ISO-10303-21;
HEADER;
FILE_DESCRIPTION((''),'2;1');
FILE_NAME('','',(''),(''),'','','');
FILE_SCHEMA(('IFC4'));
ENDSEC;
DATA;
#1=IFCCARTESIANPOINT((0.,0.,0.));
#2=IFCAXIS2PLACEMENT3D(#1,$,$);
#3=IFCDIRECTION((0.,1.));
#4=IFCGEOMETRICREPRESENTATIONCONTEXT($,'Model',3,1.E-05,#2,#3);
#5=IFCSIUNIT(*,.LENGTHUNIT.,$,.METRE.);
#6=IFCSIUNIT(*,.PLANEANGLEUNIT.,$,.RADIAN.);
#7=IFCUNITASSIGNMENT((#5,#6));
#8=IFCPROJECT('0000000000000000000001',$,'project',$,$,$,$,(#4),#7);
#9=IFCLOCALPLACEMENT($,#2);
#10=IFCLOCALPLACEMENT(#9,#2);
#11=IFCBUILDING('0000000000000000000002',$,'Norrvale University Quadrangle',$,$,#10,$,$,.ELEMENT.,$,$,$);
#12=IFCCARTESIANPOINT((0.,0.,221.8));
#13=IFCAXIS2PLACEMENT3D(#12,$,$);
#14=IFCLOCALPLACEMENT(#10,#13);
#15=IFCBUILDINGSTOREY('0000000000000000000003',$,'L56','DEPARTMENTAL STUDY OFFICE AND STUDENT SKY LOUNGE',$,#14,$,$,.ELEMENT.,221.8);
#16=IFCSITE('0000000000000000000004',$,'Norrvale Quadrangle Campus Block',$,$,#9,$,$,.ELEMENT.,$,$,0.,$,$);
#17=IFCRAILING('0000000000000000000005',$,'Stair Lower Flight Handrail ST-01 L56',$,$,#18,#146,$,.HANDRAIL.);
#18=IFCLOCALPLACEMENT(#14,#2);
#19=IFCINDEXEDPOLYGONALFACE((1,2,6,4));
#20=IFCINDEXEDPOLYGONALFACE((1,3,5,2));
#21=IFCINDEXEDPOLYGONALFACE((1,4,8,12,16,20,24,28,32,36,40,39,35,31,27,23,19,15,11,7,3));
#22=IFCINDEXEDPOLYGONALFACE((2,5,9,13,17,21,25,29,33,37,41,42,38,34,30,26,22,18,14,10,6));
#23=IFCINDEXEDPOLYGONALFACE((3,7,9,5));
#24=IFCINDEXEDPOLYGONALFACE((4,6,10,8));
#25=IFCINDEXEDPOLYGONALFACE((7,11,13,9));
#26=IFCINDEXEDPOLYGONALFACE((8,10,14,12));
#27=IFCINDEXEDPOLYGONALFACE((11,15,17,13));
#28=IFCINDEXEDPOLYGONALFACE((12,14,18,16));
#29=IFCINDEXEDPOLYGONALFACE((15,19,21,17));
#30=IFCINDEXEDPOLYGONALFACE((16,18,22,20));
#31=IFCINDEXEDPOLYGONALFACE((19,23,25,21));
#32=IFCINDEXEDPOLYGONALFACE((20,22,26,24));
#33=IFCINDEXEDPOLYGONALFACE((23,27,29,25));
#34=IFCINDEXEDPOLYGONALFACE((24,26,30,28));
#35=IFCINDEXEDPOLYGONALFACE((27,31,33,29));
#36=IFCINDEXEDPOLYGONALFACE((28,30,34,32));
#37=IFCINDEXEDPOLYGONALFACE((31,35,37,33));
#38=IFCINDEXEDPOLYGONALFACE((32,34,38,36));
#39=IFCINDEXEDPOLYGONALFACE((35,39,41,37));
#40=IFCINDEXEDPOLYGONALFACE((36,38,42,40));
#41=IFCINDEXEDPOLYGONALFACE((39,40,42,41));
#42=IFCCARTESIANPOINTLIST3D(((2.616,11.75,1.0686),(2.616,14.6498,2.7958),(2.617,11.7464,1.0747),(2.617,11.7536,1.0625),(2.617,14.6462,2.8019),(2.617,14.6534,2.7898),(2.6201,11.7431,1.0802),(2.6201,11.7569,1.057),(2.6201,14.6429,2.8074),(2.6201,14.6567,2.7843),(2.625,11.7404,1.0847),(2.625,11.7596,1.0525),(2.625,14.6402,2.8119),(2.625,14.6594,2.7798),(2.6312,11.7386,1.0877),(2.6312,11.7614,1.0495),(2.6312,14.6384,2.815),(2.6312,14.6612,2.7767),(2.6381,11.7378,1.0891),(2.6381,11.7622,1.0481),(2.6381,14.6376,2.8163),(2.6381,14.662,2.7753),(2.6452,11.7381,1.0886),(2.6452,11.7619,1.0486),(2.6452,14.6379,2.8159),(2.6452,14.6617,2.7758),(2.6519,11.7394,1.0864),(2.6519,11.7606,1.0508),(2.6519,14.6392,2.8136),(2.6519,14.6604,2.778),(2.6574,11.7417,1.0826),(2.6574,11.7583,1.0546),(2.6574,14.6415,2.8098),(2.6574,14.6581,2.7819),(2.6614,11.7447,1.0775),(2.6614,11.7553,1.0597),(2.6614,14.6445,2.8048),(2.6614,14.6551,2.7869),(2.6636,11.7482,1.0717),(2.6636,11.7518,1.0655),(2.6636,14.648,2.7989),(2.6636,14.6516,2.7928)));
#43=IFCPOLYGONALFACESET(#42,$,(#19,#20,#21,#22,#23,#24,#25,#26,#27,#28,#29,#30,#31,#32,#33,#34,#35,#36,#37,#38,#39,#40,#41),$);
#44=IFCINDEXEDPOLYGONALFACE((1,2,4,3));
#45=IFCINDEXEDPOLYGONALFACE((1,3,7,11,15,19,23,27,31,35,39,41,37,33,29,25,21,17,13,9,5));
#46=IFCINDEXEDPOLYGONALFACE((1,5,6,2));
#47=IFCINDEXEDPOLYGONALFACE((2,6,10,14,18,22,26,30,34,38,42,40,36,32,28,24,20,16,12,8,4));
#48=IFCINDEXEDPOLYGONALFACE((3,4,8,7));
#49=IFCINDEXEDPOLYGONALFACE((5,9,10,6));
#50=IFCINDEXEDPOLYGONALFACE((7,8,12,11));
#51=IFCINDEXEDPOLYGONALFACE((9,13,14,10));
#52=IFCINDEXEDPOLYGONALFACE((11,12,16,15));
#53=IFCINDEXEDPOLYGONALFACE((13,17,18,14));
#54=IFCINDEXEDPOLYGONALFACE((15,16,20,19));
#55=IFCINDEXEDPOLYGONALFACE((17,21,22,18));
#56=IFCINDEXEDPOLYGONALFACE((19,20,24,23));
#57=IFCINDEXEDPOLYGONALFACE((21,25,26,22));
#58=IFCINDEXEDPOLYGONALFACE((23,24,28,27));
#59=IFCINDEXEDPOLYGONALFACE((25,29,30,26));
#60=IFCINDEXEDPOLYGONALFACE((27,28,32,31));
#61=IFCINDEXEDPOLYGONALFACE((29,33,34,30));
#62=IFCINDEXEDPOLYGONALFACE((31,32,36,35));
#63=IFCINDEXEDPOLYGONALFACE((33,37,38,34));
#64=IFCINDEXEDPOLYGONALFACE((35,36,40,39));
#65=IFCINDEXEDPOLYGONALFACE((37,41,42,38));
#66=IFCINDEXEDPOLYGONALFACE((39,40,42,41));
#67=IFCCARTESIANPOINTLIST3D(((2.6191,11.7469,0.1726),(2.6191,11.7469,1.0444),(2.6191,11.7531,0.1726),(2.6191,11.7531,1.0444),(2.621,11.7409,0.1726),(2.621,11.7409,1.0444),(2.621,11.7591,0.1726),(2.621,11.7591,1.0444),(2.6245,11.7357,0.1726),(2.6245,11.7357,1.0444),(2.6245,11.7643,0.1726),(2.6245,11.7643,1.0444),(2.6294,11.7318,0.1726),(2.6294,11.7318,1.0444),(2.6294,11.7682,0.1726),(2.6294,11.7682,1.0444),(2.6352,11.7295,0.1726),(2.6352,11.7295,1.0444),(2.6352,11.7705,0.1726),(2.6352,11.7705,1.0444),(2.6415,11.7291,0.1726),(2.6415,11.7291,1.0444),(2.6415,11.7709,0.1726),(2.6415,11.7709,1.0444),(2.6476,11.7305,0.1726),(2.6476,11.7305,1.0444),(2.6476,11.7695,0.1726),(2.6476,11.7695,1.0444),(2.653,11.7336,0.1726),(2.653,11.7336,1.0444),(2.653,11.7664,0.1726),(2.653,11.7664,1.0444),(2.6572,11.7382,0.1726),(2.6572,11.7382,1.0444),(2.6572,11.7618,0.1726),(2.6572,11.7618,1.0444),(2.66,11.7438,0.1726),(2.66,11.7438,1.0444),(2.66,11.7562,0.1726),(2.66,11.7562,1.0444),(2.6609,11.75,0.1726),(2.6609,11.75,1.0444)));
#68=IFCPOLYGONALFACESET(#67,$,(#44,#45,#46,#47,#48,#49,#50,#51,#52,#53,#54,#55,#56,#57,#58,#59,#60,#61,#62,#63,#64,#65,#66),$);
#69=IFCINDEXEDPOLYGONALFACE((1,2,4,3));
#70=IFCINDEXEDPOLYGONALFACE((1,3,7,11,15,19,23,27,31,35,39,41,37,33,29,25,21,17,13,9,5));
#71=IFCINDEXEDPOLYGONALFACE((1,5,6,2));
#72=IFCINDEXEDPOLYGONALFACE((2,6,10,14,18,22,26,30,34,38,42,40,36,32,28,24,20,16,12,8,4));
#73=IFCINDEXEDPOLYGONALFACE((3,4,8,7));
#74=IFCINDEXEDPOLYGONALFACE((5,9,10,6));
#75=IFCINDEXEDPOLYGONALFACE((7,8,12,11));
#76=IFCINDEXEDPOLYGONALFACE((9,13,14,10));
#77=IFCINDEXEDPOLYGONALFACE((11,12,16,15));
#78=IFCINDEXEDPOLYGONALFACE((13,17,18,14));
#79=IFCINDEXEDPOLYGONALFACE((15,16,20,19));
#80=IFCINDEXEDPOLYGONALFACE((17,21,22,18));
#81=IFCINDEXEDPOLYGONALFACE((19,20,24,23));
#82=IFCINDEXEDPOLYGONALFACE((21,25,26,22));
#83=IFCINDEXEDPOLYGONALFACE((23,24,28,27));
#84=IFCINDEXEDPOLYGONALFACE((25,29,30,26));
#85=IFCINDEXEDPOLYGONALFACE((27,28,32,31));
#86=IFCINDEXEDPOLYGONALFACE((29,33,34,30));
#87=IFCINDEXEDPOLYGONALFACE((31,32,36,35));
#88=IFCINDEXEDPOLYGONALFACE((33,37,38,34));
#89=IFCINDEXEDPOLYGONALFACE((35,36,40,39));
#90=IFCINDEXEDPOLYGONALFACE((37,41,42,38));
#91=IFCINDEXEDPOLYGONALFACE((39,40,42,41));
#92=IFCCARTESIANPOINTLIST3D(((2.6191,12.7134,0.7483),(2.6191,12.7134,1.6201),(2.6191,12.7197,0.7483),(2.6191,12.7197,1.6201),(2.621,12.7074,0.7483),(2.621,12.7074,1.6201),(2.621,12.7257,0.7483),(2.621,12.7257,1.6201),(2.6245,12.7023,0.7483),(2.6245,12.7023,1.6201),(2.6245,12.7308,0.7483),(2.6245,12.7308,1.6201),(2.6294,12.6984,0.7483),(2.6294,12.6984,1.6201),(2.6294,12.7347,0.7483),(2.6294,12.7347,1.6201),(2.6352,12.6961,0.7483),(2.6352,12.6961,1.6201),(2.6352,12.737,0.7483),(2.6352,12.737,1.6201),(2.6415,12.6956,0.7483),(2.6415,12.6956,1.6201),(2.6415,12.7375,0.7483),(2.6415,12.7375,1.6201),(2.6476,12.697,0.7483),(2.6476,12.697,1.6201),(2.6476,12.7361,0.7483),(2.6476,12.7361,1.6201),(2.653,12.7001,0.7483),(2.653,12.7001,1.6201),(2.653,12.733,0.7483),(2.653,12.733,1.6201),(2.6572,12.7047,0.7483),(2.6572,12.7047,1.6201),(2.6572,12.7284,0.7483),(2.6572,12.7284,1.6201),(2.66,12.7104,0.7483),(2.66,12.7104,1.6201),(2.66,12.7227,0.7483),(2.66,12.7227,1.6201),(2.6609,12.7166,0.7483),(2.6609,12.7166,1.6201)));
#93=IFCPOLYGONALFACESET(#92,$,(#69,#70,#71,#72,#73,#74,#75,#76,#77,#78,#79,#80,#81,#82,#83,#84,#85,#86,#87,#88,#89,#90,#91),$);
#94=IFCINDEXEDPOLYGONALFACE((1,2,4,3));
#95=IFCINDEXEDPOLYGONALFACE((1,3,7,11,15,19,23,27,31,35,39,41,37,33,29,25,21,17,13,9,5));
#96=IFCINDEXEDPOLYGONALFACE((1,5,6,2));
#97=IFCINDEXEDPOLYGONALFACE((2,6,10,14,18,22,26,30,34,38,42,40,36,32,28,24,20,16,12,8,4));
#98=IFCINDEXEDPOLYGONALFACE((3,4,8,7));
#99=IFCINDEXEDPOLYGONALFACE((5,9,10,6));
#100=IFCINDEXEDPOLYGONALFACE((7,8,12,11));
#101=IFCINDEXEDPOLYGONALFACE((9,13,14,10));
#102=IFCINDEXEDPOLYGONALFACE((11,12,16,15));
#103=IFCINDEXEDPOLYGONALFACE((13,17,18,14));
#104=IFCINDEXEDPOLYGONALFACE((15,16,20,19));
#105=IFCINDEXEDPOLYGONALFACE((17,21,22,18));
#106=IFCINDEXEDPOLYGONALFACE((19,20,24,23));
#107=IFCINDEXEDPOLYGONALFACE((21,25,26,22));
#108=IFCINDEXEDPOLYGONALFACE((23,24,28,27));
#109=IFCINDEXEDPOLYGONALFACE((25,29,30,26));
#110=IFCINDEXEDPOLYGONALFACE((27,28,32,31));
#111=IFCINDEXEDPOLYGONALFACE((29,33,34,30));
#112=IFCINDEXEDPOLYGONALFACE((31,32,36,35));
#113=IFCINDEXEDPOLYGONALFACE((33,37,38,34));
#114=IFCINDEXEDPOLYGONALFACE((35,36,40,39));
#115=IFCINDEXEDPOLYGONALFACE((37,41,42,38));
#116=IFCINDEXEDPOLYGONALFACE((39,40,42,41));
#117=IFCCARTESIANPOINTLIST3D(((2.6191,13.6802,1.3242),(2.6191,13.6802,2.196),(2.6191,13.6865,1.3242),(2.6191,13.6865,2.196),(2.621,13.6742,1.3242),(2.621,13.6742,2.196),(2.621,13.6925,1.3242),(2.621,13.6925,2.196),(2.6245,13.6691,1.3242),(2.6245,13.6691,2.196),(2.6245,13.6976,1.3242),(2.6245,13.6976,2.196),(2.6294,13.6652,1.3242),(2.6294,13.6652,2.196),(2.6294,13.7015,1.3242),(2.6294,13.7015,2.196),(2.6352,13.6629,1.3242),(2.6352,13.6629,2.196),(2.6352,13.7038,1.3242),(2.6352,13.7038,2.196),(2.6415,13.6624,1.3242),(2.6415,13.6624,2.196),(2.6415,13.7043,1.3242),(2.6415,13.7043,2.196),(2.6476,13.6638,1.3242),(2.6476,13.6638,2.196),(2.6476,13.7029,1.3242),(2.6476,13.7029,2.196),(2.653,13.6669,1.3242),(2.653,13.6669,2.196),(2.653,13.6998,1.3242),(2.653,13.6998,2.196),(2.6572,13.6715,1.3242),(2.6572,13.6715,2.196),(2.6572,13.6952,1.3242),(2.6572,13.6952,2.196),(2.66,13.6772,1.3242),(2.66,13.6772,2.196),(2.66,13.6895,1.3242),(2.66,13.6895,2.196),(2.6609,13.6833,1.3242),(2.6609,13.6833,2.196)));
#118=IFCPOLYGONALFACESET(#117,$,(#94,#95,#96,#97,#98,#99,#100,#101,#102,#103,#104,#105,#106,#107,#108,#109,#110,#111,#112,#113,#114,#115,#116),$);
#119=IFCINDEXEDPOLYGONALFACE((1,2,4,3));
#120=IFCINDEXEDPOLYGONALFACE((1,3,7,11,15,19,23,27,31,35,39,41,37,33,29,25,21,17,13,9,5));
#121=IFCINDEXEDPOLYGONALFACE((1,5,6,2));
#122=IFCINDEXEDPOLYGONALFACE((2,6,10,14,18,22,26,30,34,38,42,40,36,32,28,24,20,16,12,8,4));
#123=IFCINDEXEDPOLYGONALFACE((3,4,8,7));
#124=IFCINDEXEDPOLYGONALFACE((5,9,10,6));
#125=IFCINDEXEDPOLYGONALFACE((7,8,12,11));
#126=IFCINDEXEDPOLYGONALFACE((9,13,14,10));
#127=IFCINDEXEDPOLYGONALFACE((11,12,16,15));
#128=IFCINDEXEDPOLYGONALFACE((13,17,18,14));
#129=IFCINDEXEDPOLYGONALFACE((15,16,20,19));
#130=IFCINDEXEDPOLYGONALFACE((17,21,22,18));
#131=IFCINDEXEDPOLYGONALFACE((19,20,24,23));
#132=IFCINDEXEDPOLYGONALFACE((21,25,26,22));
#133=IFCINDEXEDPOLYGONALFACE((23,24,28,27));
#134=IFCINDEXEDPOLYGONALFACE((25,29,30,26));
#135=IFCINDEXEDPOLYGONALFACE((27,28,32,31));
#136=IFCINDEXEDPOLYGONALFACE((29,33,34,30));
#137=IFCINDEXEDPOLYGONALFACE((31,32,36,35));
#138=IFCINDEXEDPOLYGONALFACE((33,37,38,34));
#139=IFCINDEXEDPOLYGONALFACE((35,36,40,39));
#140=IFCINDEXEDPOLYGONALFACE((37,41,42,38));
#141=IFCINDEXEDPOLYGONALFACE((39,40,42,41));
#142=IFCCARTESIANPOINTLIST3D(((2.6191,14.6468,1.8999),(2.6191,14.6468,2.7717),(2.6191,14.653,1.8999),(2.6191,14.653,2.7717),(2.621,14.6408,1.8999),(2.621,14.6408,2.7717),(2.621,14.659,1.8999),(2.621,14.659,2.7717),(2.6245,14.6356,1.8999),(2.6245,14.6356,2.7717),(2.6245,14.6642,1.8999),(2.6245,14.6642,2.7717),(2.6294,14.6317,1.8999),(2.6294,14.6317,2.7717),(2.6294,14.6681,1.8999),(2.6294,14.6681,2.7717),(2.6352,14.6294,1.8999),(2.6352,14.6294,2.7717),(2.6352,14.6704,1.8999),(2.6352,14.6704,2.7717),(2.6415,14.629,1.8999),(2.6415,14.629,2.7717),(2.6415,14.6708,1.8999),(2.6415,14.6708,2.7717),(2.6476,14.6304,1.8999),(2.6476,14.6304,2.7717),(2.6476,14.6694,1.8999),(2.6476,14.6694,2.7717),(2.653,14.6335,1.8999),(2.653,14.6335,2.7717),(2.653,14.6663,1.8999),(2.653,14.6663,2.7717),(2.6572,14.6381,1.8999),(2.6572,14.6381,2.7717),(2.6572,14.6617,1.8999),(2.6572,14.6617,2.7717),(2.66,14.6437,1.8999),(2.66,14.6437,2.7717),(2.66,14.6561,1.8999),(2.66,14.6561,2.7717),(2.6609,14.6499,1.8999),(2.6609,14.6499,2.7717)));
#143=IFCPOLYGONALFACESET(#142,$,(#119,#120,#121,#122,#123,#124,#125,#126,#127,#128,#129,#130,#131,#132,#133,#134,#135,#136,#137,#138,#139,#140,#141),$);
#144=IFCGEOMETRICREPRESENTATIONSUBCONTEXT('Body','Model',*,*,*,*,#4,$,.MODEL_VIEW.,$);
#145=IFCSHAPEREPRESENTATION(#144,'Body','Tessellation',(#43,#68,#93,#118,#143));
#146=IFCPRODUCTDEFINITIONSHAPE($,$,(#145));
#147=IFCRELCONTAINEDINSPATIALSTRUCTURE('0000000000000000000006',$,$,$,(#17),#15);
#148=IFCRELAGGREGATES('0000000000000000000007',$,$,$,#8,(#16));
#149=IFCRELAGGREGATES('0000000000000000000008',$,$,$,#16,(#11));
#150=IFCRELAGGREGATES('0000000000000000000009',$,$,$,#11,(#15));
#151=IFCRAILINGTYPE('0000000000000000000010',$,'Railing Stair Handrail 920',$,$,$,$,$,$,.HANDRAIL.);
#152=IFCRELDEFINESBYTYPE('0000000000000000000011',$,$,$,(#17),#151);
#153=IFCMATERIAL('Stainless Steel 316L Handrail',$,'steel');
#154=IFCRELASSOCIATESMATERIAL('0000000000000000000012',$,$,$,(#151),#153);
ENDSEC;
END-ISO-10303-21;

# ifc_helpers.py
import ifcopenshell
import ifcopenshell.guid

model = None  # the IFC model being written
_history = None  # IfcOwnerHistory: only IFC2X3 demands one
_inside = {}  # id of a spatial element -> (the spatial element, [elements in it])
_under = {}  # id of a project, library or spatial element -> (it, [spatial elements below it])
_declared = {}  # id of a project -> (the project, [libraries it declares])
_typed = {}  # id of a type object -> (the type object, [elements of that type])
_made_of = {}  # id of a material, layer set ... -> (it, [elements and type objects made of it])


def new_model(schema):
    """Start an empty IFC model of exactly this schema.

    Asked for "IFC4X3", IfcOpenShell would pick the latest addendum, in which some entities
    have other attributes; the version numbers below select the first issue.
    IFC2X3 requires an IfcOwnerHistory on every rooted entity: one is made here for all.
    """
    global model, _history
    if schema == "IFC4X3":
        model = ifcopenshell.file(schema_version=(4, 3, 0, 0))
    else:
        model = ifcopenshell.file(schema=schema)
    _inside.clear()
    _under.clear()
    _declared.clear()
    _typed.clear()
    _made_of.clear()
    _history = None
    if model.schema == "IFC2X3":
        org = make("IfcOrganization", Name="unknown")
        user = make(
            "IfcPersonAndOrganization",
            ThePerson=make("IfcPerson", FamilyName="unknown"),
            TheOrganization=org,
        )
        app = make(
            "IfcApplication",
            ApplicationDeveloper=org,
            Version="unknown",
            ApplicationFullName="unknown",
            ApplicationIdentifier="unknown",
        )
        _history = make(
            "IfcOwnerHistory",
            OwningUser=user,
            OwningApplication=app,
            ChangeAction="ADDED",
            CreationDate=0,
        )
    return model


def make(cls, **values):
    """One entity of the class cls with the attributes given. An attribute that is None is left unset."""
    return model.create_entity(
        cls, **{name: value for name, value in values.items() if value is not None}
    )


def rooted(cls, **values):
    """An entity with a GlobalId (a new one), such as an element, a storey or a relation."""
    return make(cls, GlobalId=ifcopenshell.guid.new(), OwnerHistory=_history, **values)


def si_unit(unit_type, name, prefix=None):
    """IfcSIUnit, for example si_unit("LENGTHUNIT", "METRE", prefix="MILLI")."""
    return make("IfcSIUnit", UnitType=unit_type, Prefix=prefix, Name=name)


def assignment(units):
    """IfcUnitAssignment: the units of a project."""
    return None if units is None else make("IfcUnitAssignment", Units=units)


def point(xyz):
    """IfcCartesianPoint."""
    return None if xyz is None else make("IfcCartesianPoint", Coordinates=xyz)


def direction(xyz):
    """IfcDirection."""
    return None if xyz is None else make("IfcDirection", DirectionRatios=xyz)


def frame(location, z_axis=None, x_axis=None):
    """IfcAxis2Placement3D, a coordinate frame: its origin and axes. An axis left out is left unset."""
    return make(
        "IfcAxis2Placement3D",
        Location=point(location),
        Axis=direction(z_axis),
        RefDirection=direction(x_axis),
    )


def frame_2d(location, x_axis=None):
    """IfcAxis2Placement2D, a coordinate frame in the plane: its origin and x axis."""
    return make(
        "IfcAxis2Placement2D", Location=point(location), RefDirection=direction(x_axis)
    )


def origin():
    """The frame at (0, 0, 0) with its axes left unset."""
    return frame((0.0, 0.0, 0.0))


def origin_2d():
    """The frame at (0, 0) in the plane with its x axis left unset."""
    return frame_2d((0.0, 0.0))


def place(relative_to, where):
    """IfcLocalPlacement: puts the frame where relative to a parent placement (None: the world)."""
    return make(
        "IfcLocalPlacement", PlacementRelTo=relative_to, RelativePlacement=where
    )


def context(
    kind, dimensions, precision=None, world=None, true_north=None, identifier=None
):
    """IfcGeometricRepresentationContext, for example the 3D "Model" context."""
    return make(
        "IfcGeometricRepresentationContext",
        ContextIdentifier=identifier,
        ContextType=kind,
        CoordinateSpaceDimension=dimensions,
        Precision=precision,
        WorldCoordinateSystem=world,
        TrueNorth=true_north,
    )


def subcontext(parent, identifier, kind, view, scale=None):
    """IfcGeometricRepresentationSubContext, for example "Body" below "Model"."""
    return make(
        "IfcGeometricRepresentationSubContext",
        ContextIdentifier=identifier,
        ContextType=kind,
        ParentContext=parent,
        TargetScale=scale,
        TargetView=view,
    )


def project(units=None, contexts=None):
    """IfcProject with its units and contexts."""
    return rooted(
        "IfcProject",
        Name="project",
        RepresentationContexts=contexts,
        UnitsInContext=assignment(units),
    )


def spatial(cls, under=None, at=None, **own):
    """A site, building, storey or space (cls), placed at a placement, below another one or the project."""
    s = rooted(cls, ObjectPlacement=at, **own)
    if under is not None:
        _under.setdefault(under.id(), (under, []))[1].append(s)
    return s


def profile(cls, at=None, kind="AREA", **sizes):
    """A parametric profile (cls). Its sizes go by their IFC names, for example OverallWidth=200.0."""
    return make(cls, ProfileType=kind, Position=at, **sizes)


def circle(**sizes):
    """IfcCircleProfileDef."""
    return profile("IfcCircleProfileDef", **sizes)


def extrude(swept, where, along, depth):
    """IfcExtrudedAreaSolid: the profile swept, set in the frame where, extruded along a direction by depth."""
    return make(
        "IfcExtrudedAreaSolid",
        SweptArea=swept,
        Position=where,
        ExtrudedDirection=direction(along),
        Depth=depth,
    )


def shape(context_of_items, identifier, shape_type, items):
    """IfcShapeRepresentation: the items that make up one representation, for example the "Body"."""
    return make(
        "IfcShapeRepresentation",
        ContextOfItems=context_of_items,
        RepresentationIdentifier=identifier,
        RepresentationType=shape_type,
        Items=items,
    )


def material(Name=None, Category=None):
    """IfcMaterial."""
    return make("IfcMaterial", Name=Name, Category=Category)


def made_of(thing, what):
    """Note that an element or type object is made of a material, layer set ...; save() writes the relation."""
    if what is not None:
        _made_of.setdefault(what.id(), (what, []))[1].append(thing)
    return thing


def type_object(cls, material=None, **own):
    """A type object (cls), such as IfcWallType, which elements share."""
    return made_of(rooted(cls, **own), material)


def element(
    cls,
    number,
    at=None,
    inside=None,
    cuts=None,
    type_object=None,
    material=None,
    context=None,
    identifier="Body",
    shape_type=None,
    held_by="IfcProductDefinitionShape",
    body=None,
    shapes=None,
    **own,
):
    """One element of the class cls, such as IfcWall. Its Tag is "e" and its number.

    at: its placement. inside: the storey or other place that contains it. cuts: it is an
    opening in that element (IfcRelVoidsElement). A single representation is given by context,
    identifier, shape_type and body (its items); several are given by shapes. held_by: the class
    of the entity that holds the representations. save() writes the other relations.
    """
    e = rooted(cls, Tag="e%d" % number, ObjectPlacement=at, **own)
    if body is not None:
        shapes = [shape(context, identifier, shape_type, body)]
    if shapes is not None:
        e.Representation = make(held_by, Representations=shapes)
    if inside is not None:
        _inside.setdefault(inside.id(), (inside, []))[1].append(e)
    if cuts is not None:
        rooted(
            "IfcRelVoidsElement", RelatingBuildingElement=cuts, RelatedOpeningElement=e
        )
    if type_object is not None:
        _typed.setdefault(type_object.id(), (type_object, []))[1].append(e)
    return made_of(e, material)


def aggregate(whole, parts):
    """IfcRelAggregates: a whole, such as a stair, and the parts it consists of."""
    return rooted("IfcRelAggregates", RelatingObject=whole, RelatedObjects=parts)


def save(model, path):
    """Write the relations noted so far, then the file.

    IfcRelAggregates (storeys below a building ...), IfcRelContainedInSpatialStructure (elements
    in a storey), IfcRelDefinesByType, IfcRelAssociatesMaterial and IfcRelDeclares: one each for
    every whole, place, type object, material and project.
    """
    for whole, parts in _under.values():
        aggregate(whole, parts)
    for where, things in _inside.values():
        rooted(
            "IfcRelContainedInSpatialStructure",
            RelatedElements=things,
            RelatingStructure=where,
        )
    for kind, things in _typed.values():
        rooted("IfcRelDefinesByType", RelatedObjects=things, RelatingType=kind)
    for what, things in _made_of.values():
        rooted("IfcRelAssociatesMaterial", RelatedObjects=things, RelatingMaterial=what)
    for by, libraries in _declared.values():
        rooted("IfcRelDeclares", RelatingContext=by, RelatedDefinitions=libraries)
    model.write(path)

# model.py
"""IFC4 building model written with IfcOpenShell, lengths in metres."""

from ifc_helpers import new_model, si_unit, direction, frame, origin, origin_2d, place, context, subcontext, project, spatial, circle, extrude, material, type_object, element, save


model = new_model("IFC4")

# Units and contexts
model_context = context("Model", 3, precision=1e-05, world=origin(), true_north=direction((0.0, 1.0)))
body_context = subcontext(model_context, "Body", "Model", "MODEL_VIEW")
ifc_project = project(units=[si_unit("LENGTHUNIT", "METRE"), si_unit("PLANEANGLEUNIT", "RADIAN")], contexts=[model_context])

# Site, building, storey
site_placement = place(None, origin())
site = spatial("IfcSite", under=ifc_project, at=site_placement, Name="Norrvale Quadrangle Campus Block", CompositionType="ELEMENT", RefElevation=0.0)
building_placement = place(site_placement, origin())
building = spatial("IfcBuilding", under=site, at=building_placement, Name="Norrvale University Quadrangle", CompositionType="ELEMENT")
storey_placement = place(building_placement, frame((0.0, 0.0, 221.8)))
storey = spatial("IfcBuildingStorey", under=building, at=storey_placement, Name="L56", Description="DEPARTMENTAL STUDY OFFICE AND STUDENT SKY LOUNGE", CompositionType="ELEMENT", Elevation=221.8)

# Railing
ifc_material_1 = material(Name="Stainless Steel 316L Handrail", Category="steel")
railing_type_1 = type_object("IfcRailingType", Name="Railing Stair Handrail 920", PredefinedType="HANDRAIL", material=ifc_material_1)
railing_1_placement = place(storey_placement, frame((2.6399, 11.75, 0.1726)))
element("IfcRailing", 1, at=railing_1_placement, inside=storey, type_object=railing_type_1, Name="Stair Lower Flight Handrail ST-01 L56", PredefinedType="HANDRAIL", context=body_context, shape_type="SweptSolid", body=[
    extrude(circle(Radius=0.0239, at=origin_2d()), frame((0.0, 0.0, 0.896), z_axis=(0.0, 0.859141, 0.511738), x_axis=(-1.0, 0.0, 0.0)), (0.0, 0.0, 1.0), 3.3752),
    extrude(circle(Radius=0.021, at=origin_2d()), origin(), (0.0, 0.0, 1.0), 0.8718),
    extrude(circle(Radius=0.021, at=origin_2d()), frame((0.0, 0.9666, 0.5757)), (0.0, 0.0, 1.0), 0.8718),
    extrude(circle(Radius=0.021, at=origin_2d()), frame((0.0, 1.9333, 1.1516)), (0.0, 0.0, 1.0), 0.8718),
    extrude(circle(Radius=0.021, at=origin_2d()), frame((0.0, 2.8999, 1.7273)), (0.0, 0.0, 1.0), 0.8718),
])

save(model, "model.ifc")
